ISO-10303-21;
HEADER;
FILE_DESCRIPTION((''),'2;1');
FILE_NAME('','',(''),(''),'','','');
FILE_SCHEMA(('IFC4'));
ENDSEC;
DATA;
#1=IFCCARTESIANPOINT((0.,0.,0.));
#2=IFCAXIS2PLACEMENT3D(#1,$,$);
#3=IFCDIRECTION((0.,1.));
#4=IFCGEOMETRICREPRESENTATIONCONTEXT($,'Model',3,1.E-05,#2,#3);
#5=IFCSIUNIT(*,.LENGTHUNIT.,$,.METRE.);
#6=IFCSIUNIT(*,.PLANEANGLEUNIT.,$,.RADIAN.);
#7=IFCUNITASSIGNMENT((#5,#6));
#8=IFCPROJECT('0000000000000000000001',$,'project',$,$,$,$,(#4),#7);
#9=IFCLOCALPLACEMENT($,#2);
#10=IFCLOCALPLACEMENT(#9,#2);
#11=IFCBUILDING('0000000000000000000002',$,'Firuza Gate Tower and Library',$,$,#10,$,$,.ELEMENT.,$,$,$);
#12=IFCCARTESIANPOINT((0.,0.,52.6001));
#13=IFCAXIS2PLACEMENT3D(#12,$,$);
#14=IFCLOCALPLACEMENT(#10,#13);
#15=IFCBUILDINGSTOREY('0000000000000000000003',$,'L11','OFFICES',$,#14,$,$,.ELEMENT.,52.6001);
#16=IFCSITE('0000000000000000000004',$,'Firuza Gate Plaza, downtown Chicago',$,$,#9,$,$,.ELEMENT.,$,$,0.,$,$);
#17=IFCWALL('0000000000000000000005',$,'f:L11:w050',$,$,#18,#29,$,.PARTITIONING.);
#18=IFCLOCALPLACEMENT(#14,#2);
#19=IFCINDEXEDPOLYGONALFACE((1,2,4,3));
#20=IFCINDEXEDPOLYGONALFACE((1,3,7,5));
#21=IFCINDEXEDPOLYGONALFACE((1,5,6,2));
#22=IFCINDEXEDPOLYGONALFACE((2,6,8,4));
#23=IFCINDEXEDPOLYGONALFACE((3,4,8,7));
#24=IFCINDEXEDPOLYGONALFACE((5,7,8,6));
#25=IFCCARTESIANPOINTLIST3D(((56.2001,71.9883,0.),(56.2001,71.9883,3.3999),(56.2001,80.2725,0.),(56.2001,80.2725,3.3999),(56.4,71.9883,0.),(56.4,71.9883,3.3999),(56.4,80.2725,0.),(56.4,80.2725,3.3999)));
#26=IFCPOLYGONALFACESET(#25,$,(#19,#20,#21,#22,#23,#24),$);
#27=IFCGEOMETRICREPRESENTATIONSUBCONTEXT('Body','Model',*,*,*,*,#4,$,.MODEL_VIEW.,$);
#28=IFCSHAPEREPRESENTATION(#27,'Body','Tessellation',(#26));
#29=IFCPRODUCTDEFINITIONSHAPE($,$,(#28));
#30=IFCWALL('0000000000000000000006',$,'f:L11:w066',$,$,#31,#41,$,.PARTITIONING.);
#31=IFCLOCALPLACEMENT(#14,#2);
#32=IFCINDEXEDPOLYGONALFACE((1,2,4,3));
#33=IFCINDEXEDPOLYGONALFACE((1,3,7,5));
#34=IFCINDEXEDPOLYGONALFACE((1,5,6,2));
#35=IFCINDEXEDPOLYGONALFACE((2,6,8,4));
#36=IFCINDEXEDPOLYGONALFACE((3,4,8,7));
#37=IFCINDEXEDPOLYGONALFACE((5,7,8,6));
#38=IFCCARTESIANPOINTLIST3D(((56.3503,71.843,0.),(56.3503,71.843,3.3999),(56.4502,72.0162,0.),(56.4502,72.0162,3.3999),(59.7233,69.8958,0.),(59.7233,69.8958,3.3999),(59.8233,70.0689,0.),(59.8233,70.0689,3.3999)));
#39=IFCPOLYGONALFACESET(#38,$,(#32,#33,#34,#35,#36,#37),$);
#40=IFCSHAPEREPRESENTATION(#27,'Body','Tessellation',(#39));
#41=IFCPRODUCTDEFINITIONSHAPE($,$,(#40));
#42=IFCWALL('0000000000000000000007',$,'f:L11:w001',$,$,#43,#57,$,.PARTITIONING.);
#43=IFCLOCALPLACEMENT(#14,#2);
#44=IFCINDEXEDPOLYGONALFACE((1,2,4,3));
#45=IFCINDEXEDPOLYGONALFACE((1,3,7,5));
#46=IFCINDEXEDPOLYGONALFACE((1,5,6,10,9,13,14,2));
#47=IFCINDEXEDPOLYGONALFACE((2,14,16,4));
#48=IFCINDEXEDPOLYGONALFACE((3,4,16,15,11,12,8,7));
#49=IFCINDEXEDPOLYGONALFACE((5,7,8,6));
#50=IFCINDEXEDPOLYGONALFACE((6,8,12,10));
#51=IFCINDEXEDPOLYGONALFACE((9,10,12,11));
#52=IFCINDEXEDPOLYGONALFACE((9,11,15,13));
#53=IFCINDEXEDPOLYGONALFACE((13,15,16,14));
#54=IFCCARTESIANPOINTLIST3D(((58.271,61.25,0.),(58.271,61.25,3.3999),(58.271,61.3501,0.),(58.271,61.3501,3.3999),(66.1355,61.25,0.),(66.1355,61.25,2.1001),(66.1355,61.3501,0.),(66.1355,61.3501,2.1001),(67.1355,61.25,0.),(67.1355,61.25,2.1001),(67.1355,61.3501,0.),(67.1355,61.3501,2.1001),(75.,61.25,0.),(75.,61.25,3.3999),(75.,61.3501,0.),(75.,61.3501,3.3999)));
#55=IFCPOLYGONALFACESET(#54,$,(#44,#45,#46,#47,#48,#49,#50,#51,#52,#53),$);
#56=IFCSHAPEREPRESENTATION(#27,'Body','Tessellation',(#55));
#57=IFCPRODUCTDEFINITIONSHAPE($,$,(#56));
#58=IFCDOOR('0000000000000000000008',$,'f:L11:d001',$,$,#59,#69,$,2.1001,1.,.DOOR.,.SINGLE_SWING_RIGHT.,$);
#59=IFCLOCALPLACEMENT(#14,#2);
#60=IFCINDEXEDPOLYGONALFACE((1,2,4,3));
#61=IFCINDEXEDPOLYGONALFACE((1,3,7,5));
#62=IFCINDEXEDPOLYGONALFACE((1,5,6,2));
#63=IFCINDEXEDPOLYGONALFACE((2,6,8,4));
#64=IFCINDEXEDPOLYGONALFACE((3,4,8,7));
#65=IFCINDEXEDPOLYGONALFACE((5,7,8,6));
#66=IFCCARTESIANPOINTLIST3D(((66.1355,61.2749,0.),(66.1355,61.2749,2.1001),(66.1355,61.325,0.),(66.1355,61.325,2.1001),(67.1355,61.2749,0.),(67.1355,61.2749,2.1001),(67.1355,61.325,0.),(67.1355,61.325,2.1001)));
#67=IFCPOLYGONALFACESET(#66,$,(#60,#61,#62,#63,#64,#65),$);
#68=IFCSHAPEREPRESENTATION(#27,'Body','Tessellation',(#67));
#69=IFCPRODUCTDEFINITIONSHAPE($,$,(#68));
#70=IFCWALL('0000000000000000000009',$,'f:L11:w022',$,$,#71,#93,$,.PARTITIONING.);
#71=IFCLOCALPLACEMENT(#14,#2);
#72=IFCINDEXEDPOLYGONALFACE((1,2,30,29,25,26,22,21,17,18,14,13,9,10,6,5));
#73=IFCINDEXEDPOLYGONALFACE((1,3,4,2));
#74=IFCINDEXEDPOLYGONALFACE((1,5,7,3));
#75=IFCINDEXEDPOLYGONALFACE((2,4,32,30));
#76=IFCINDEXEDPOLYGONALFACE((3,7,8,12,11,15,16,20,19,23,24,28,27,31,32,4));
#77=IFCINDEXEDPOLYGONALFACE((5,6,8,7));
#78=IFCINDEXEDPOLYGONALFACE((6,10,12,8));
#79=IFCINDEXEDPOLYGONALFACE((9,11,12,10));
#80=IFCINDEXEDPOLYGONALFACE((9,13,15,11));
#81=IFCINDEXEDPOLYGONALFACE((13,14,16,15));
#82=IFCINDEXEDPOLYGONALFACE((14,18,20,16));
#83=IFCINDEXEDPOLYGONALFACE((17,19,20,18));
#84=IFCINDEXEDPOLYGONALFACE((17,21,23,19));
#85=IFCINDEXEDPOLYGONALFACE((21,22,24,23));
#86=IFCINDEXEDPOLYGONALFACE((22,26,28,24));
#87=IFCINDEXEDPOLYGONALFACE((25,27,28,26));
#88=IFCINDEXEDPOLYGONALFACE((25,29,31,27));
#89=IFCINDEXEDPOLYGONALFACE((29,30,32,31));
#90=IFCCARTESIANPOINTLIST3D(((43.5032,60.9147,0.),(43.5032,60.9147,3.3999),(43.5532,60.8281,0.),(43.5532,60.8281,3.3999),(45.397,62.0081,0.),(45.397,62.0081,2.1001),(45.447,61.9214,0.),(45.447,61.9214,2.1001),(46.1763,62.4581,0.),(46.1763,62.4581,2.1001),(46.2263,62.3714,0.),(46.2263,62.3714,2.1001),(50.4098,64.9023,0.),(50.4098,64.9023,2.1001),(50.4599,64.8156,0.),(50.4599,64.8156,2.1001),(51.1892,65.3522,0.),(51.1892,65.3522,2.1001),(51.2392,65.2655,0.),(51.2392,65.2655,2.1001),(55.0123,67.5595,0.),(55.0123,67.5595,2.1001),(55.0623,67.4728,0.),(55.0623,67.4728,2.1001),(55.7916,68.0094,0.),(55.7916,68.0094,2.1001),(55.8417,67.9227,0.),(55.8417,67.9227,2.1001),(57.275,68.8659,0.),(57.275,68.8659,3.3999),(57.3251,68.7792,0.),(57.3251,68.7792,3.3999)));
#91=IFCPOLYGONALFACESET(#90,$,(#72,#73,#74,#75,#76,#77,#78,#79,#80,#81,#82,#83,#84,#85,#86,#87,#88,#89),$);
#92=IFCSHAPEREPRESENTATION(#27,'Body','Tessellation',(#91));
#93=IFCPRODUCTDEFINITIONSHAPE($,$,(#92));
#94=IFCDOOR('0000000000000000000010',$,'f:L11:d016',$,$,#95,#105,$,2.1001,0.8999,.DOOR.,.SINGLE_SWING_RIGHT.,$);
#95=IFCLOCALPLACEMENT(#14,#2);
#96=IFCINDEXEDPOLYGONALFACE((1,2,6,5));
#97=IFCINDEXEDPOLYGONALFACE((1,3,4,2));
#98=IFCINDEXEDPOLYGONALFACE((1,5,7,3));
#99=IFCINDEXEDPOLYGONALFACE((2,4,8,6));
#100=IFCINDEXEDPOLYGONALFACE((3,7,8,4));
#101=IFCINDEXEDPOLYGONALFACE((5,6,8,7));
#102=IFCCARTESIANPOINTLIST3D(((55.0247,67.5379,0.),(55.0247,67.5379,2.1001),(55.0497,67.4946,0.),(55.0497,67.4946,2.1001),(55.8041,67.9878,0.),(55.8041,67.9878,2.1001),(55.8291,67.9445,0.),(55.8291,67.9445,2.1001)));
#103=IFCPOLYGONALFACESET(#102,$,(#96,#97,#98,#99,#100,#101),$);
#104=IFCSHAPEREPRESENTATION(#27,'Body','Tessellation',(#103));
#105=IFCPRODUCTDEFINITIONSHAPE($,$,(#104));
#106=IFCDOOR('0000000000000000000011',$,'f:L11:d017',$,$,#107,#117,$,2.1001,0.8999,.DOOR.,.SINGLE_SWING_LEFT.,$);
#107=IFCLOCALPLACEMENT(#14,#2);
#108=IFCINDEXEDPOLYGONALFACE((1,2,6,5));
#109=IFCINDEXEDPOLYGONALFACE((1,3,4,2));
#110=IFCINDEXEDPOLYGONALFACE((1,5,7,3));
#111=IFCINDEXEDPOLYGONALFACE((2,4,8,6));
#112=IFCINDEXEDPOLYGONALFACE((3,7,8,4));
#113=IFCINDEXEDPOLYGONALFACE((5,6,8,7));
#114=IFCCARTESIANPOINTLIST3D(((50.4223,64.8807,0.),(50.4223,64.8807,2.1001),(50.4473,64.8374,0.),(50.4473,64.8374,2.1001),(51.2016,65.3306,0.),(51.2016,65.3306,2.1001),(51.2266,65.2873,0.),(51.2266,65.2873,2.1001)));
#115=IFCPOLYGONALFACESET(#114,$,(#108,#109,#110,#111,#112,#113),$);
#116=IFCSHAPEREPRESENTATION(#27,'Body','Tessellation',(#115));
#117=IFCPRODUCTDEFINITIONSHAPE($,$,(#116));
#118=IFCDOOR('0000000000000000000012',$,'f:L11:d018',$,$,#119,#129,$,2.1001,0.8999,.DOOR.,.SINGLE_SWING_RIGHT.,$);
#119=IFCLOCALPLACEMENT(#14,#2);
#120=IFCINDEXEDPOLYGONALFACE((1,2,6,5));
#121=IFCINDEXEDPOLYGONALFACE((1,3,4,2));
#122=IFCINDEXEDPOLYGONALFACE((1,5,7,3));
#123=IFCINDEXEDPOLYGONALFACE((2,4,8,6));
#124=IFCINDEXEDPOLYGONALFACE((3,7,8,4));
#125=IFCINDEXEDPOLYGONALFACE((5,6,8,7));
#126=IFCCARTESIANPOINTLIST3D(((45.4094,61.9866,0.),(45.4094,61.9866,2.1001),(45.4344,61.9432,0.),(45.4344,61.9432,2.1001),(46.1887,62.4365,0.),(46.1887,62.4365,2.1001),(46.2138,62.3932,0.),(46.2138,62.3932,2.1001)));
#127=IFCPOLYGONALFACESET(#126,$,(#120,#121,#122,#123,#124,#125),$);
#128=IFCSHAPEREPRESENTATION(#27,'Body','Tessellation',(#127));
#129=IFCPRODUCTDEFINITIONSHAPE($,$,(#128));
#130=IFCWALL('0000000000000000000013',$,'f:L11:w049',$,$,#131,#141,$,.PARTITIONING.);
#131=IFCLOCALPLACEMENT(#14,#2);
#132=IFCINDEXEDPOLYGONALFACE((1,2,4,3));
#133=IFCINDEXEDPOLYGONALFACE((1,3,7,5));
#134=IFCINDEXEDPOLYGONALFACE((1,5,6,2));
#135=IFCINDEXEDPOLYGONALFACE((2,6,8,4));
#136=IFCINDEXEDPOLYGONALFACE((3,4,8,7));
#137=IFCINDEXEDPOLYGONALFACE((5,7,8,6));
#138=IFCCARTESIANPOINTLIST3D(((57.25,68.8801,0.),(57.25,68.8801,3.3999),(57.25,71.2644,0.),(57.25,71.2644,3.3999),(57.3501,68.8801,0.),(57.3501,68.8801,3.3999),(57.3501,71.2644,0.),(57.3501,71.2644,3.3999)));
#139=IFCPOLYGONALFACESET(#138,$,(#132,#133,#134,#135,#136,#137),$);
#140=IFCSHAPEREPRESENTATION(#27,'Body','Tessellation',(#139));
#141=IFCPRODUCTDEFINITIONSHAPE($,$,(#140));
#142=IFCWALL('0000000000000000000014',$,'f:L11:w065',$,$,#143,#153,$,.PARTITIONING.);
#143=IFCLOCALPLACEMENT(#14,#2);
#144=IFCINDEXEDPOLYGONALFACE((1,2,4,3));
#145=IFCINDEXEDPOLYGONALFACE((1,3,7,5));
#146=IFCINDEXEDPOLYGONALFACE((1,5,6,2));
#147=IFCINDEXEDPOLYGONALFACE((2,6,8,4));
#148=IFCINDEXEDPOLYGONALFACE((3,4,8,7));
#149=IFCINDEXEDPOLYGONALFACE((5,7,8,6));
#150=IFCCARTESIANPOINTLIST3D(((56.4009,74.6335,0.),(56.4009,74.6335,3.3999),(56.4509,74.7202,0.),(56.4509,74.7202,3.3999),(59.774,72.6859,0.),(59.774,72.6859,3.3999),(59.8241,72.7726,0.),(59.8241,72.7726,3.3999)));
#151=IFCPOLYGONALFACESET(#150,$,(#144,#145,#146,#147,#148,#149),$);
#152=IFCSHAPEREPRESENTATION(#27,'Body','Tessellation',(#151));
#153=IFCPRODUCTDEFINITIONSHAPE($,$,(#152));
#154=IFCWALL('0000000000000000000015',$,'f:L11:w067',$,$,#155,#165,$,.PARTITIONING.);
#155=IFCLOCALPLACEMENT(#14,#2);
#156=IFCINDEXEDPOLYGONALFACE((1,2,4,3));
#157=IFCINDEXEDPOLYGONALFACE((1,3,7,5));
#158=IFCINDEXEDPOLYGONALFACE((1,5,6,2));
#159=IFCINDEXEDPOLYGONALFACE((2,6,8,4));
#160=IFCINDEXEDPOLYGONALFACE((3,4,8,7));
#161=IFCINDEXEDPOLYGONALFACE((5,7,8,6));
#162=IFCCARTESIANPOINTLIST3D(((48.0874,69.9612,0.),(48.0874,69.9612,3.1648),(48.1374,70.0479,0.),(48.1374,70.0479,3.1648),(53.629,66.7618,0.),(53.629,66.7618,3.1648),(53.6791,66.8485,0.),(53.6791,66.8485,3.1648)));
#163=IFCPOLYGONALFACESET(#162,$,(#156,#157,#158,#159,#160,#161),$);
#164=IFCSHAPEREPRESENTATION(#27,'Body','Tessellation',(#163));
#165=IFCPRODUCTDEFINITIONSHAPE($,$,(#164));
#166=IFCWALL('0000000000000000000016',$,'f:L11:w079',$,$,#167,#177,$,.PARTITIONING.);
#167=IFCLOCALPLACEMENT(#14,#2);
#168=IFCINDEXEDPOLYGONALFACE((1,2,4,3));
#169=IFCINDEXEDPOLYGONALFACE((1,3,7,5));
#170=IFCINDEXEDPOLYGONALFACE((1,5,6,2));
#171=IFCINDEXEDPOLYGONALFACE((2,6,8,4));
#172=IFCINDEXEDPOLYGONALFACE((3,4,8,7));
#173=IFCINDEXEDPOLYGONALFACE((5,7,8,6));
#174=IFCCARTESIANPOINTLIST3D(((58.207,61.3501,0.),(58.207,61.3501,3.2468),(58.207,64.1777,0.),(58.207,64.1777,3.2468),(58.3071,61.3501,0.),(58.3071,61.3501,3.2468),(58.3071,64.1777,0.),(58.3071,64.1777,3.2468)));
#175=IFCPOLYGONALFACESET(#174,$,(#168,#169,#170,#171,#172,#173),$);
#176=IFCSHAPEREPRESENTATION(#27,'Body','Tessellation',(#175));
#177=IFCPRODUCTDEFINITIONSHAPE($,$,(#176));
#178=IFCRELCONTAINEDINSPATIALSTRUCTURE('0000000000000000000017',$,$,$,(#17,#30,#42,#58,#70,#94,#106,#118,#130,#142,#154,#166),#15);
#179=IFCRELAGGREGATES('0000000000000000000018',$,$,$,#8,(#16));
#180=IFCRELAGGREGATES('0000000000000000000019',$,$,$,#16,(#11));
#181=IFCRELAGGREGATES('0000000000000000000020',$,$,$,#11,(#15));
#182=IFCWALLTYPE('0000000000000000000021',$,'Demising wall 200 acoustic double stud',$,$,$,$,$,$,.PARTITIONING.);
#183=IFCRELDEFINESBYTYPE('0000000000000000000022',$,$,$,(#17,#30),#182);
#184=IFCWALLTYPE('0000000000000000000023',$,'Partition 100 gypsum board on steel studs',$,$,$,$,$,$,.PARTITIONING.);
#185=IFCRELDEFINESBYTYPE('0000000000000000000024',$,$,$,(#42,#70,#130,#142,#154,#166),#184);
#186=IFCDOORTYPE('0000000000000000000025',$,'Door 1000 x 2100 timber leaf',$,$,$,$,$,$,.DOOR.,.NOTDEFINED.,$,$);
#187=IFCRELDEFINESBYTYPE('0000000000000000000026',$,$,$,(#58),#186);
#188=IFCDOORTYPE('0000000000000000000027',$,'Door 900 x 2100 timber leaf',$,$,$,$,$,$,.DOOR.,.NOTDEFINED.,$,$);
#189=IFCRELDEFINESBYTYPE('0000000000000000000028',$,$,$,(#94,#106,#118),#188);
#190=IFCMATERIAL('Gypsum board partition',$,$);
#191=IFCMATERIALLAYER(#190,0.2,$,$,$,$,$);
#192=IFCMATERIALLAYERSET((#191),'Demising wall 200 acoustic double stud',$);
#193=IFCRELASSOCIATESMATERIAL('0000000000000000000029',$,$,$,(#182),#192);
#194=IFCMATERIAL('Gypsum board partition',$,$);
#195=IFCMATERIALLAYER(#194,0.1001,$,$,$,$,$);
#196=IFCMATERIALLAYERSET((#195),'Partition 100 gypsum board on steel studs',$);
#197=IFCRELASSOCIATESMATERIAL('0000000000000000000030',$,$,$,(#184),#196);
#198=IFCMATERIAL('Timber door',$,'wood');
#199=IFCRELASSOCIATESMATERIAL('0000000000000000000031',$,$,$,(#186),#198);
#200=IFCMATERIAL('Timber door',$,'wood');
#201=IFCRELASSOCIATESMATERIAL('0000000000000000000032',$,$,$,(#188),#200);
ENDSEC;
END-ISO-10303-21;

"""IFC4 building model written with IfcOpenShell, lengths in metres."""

from ifc_helpers import new_model, si_unit, direction, frame, frame_2d, origin, place, context, subcontext, project, spatial, rectangle, extrude, material, layer, layer_set, type_object, element, fill, save


model = new_model("IFC4")

# Units and contexts
model_context = context("Model", 3, precision=1e-05, world=origin(), true_north=direction((0.0, 1.0)))
body_context = subcontext(model_context, "Body", "Model", "MODEL_VIEW")
ifc_project = project(units=[si_unit("LENGTHUNIT", "METRE"), si_unit("PLANEANGLEUNIT", "RADIAN")], contexts=[model_context])

# Site, building, storey
site_placement = place(None, origin())
site = spatial("IfcSite", under=ifc_project, at=site_placement, Name="Firuza Gate Plaza, downtown Chicago", CompositionType="ELEMENT", RefElevation=0.0)
building_placement = place(site_placement, origin())
building = spatial("IfcBuilding", under=site, at=building_placement, Name="Firuza Gate Tower and Library", CompositionType="ELEMENT")
storey_placement = place(building_placement, frame((0.0, 0.0, 52.6001)))
storey = spatial("IfcBuildingStorey", under=building, at=storey_placement, Name="L11", Description="OFFICES", CompositionType="ELEMENT", Elevation=52.6001)

# Walls
ifc_material_1 = material(Name="Gypsum board partition")
ifc_layer_1 = layer(ifc_material_1, 0.2)
ifc_layer_set_1 = layer_set([ifc_layer_1], Name="Demising wall 200 acoustic double stud")
wall_type_1 = type_object("IfcWallType", Name="Demising wall 200 acoustic double stud", PredefinedType="PARTITIONING", material=ifc_layer_set_1)
wall_1_placement = place(storey_placement, frame((56.3, 71.9883, 0.0), z_axis=(0.0, 0.0, 1.0), x_axis=(0.0, 1.0, 0.0)))
element("IfcWall", 1, at=wall_1_placement, inside=storey, type_object=wall_type_1, Name="f:L11:w050", PredefinedType="PARTITIONING", context=body_context, shape_type="SweptSolid", body=[
    extrude(rectangle(XDim=8.2842, YDim=0.2, at=frame_2d((4.1421, 0.0))), origin(), (0.0, 0.0, 1.0), 3.3999),
])
wall_2_placement = place(storey_placement, frame((59.7732, 69.9824, 0.0), z_axis=(0.0, 0.0, 1.0), x_axis=(-0.866044, 0.499968, 0.0)))
element("IfcWall", 2, at=wall_2_placement, inside=storey, type_object=wall_type_1, Name="f:L11:w066", PredefinedType="PARTITIONING", context=body_context, shape_type="SweptSolid", body=[
    extrude(rectangle(XDim=3.8948, YDim=0.2, at=frame_2d((1.9473, 0.0))), origin(), (0.0, 0.0, 1.0), 3.3999),
])

# Wall, opening, door
ifc_material_2 = material(Name="Gypsum board partition")
ifc_layer_2 = layer(ifc_material_2, 0.1001)
ifc_layer_set_2 = layer_set([ifc_layer_2], Name="Partition 100 gypsum board on steel studs")
wall_type_2 = type_object("IfcWallType", Name="Partition 100 gypsum board on steel studs", PredefinedType="PARTITIONING", material=ifc_layer_set_2)
wall_3_placement = place(storey_placement, frame((58.271, 61.3, 0.0), z_axis=(0.0, 0.0, 1.0), x_axis=(1.0, 0.0, 0.0)))
wall_3 = element("IfcWall", 3, at=wall_3_placement, inside=storey, type_object=wall_type_2, Name="f:L11:w001", PredefinedType="PARTITIONING", context=body_context, shape_type="SweptSolid", body=[
    extrude(rectangle(XDim=16.729, YDim=0.1001, at=frame_2d((8.3645, 0.0))), origin(), (0.0, 0.0, 1.0), 3.3999),
])
opening_1_placement = place(wall_3_placement, frame((7.8645, 0.0, 0.0)))
opening_1 = element("IfcOpeningElement", 4, at=opening_1_placement, cuts=wall_3, PredefinedType="OPENING", context=body_context, shape_type="SweptSolid", body=[
    extrude(rectangle(XDim=1.0, YDim=2.1001, at=frame_2d((0.5, 1.05))), frame((0.0, 0.0601, 0.0), z_axis=(0.0, -1.0, 0.0), x_axis=(1.0, 0.0, 0.0)), (0.0, 0.0, 1.0), 0.1201),
])
ifc_material_3 = material(Name="Timber door", Category="wood")
door_type_1 = type_object("IfcDoorType", Name="Door 1000 x 2100 timber leaf", OperationType="NOTDEFINED", PredefinedType="DOOR", material=ifc_material_3)
door_1_placement = place(opening_1_placement, origin())
door_1 = element("IfcDoor", 5, at=door_1_placement, inside=storey, type_object=door_type_1, Name="f:L11:d001", OperationType="SINGLE_SWING_RIGHT", OverallHeight=2.1001, OverallWidth=1.0, PredefinedType="DOOR", context=body_context, shape_type="SweptSolid", body=[
    extrude(rectangle(XDim=1.0, YDim=2.1001, at=frame_2d((0.5, 1.05))), frame((0.0, 0.0249, 0.0), z_axis=(0.0, -1.0, 0.0), x_axis=(1.0, 0.0, 0.0)), (0.0, 0.0, 1.0), 0.05),
])
fill(opening_1, door_1)

# Wall, openings, doors
wall_4_placement = place(storey_placement, frame((57.3, 68.8225, 0.0), z_axis=(0.0, 0.0, 1.0), x_axis=(-0.866028, -0.499996, 0.0)))
wall_4 = element("IfcWall", 6, at=wall_4_placement, inside=storey, type_object=wall_type_2, Name="f:L11:w022", PredefinedType="PARTITIONING", context=body_context, shape_type="SweptSolid", body=[
    extrude(rectangle(XDim=15.9023, YDim=0.1001, at=frame_2d((7.9512, 0.0))), origin(), (0.0, 0.0, 1.0), 3.3999),
])
opening_2_placement = place(wall_4_placement, frame((1.7129, 0.0, 0.0)))
opening_2 = element("IfcOpeningElement", 7, at=opening_2_placement, cuts=wall_4, PredefinedType="OPENING", context=body_context, shape_type="SweptSolid", body=[
    extrude(rectangle(XDim=0.8999, YDim=2.1001, at=frame_2d((0.45, 1.05))), frame((0.0, 0.0601, 0.0), z_axis=(0.0, -1.0, 0.0), x_axis=(1.0, 0.0, 0.0)), (0.0, 0.0, 1.0), 0.1201),
])
opening_3_placement = place(wall_4_placement, frame((7.0273, 0.0, 0.0)))
opening_3 = element("IfcOpeningElement", 8, at=opening_3_placement, cuts=wall_4, PredefinedType="OPENING", context=body_context, shape_type="SweptSolid", body=[
    extrude(rectangle(XDim=0.8999, YDim=2.1001, at=frame_2d((0.45, 1.05))), frame((0.0, 0.0601, 0.0), z_axis=(0.0, -1.0, 0.0), x_axis=(1.0, 0.0, 0.0)), (0.0, 0.0, 1.0), 0.1201),
])
opening_4_placement = place(wall_4_placement, frame((12.8157, 0.0, 0.0)))
opening_4 = element("IfcOpeningElement", 9, at=opening_4_placement, cuts=wall_4, PredefinedType="OPENING", context=body_context, shape_type="SweptSolid", body=[
    extrude(rectangle(XDim=0.8999, YDim=2.1001, at=frame_2d((0.45, 1.05))), frame((0.0, 0.0601, 0.0), z_axis=(0.0, -1.0, 0.0), x_axis=(1.0, 0.0, 0.0)), (0.0, 0.0, 1.0), 0.1201),
])
ifc_material_4 = material(Name="Timber door", Category="wood")
door_type_2 = type_object("IfcDoorType", Name="Door 900 x 2100 timber leaf", OperationType="NOTDEFINED", PredefinedType="DOOR", material=ifc_material_4)
door_2_placement = place(opening_2_placement, origin())
door_2 = element("IfcDoor", 10, at=door_2_placement, inside=storey, type_object=door_type_2, Name="f:L11:d016", OperationType="SINGLE_SWING_RIGHT", OverallHeight=2.1001, OverallWidth=0.8999, PredefinedType="DOOR", context=body_context, shape_type="SweptSolid", body=[
    extrude(rectangle(XDim=0.8999, YDim=2.1001, at=frame_2d((0.45, 1.05))), frame((0.0, 0.0249, 0.0), z_axis=(0.0, -1.0, 0.0), x_axis=(1.0, 0.0, 0.0)), (0.0, 0.0, 1.0), 0.05),
])
fill(opening_2, door_2)
door_3_placement = place(opening_3_placement, origin())
door_3 = element("IfcDoor", 11, at=door_3_placement, inside=storey, type_object=door_type_2, Name="f:L11:d017", OperationType="SINGLE_SWING_LEFT", OverallHeight=2.1001, OverallWidth=0.8999, PredefinedType="DOOR", context=body_context, shape_type="SweptSolid", body=[
    extrude(rectangle(XDim=0.8999, YDim=2.1001, at=frame_2d((0.45, 1.05))), frame((0.0, 0.0249, 0.0), z_axis=(0.0, -1.0, 0.0), x_axis=(1.0, 0.0, 0.0)), (0.0, 0.0, 1.0), 0.05),
])
fill(opening_3, door_3)
door_4_placement = place(opening_4_placement, origin())
door_4 = element("IfcDoor", 12, at=door_4_placement, inside=storey, type_object=door_type_2, Name="f:L11:d018", OperationType="SINGLE_SWING_RIGHT", OverallHeight=2.1001, OverallWidth=0.8999, PredefinedType="DOOR", context=body_context, shape_type="SweptSolid", body=[
    extrude(rectangle(XDim=0.8999, YDim=2.1001, at=frame_2d((0.45, 1.05))), frame((0.0, 0.0249, 0.0), z_axis=(0.0, -1.0, 0.0), x_axis=(1.0, 0.0, 0.0)), (0.0, 0.0, 1.0), 0.05),
])
fill(opening_4, door_4)

# Walls
wall_5_placement = place(storey_placement, frame((57.3, 68.8801, 0.0), z_axis=(0.0, 0.0, 1.0), x_axis=(0.0, 1.0, 0.0)))
element("IfcWall", 13, at=wall_5_placement, inside=storey, type_object=wall_type_2, Name="f:L11:w049", PredefinedType="PARTITIONING", context=body_context, shape_type="SweptSolid", body=[
    extrude(rectangle(XDim=2.3843, YDim=0.1001, at=frame_2d((1.1921, 0.0))), origin(), (0.0, 0.0, 1.0), 3.3999),
])
wall_6_placement = place(storey_placement, frame((59.7991, 72.7292, 0.0), z_axis=(0.0, 0.0, 1.0), x_axis=(-0.866016, 0.500015, 0.0)))
element("IfcWall", 14, at=wall_6_placement, inside=storey, type_object=wall_type_2, Name="f:L11:w065", PredefinedType="PARTITIONING", context=body_context, shape_type="SweptSolid", body=[
    extrude(rectangle(XDim=3.895, YDim=0.1001, at=frame_2d((1.9475, 0.0))), origin(), (0.0, 0.0, 1.0), 3.3999),
])
wall_7_placement = place(storey_placement, frame((53.6541, 66.8052, 0.0), z_axis=(0.0, 0.0, 1.0), x_axis=(-0.86603, 0.499992, 0.0)))
element("IfcWall", 15, at=wall_7_placement, inside=storey, type_object=wall_type_2, Name="f:L11:w067", PredefinedType="PARTITIONING", context=body_context, shape_type="SweptSolid", body=[
    extrude(rectangle(XDim=6.3989, YDim=0.1001, at=frame_2d((3.1995, 0.0))), origin(), (0.0, 0.0, 1.0), 3.1648),
])
wall_8_placement = place(storey_placement, frame((58.2571, 61.3501, 0.0), z_axis=(0.0, 0.0, 1.0), x_axis=(0.0, 1.0, 0.0)))
element("IfcWall", 16, at=wall_8_placement, inside=storey, type_object=wall_type_2, Name="f:L11:w079", PredefinedType="PARTITIONING", context=body_context, shape_type="SweptSolid", body=[
    extrude(rectangle(XDim=2.8276, YDim=0.1001, at=frame_2d((1.4138, 0.0))), origin(), (0.0, 0.0, 1.0), 3.2468),
])

save(model, "model.ifc")
